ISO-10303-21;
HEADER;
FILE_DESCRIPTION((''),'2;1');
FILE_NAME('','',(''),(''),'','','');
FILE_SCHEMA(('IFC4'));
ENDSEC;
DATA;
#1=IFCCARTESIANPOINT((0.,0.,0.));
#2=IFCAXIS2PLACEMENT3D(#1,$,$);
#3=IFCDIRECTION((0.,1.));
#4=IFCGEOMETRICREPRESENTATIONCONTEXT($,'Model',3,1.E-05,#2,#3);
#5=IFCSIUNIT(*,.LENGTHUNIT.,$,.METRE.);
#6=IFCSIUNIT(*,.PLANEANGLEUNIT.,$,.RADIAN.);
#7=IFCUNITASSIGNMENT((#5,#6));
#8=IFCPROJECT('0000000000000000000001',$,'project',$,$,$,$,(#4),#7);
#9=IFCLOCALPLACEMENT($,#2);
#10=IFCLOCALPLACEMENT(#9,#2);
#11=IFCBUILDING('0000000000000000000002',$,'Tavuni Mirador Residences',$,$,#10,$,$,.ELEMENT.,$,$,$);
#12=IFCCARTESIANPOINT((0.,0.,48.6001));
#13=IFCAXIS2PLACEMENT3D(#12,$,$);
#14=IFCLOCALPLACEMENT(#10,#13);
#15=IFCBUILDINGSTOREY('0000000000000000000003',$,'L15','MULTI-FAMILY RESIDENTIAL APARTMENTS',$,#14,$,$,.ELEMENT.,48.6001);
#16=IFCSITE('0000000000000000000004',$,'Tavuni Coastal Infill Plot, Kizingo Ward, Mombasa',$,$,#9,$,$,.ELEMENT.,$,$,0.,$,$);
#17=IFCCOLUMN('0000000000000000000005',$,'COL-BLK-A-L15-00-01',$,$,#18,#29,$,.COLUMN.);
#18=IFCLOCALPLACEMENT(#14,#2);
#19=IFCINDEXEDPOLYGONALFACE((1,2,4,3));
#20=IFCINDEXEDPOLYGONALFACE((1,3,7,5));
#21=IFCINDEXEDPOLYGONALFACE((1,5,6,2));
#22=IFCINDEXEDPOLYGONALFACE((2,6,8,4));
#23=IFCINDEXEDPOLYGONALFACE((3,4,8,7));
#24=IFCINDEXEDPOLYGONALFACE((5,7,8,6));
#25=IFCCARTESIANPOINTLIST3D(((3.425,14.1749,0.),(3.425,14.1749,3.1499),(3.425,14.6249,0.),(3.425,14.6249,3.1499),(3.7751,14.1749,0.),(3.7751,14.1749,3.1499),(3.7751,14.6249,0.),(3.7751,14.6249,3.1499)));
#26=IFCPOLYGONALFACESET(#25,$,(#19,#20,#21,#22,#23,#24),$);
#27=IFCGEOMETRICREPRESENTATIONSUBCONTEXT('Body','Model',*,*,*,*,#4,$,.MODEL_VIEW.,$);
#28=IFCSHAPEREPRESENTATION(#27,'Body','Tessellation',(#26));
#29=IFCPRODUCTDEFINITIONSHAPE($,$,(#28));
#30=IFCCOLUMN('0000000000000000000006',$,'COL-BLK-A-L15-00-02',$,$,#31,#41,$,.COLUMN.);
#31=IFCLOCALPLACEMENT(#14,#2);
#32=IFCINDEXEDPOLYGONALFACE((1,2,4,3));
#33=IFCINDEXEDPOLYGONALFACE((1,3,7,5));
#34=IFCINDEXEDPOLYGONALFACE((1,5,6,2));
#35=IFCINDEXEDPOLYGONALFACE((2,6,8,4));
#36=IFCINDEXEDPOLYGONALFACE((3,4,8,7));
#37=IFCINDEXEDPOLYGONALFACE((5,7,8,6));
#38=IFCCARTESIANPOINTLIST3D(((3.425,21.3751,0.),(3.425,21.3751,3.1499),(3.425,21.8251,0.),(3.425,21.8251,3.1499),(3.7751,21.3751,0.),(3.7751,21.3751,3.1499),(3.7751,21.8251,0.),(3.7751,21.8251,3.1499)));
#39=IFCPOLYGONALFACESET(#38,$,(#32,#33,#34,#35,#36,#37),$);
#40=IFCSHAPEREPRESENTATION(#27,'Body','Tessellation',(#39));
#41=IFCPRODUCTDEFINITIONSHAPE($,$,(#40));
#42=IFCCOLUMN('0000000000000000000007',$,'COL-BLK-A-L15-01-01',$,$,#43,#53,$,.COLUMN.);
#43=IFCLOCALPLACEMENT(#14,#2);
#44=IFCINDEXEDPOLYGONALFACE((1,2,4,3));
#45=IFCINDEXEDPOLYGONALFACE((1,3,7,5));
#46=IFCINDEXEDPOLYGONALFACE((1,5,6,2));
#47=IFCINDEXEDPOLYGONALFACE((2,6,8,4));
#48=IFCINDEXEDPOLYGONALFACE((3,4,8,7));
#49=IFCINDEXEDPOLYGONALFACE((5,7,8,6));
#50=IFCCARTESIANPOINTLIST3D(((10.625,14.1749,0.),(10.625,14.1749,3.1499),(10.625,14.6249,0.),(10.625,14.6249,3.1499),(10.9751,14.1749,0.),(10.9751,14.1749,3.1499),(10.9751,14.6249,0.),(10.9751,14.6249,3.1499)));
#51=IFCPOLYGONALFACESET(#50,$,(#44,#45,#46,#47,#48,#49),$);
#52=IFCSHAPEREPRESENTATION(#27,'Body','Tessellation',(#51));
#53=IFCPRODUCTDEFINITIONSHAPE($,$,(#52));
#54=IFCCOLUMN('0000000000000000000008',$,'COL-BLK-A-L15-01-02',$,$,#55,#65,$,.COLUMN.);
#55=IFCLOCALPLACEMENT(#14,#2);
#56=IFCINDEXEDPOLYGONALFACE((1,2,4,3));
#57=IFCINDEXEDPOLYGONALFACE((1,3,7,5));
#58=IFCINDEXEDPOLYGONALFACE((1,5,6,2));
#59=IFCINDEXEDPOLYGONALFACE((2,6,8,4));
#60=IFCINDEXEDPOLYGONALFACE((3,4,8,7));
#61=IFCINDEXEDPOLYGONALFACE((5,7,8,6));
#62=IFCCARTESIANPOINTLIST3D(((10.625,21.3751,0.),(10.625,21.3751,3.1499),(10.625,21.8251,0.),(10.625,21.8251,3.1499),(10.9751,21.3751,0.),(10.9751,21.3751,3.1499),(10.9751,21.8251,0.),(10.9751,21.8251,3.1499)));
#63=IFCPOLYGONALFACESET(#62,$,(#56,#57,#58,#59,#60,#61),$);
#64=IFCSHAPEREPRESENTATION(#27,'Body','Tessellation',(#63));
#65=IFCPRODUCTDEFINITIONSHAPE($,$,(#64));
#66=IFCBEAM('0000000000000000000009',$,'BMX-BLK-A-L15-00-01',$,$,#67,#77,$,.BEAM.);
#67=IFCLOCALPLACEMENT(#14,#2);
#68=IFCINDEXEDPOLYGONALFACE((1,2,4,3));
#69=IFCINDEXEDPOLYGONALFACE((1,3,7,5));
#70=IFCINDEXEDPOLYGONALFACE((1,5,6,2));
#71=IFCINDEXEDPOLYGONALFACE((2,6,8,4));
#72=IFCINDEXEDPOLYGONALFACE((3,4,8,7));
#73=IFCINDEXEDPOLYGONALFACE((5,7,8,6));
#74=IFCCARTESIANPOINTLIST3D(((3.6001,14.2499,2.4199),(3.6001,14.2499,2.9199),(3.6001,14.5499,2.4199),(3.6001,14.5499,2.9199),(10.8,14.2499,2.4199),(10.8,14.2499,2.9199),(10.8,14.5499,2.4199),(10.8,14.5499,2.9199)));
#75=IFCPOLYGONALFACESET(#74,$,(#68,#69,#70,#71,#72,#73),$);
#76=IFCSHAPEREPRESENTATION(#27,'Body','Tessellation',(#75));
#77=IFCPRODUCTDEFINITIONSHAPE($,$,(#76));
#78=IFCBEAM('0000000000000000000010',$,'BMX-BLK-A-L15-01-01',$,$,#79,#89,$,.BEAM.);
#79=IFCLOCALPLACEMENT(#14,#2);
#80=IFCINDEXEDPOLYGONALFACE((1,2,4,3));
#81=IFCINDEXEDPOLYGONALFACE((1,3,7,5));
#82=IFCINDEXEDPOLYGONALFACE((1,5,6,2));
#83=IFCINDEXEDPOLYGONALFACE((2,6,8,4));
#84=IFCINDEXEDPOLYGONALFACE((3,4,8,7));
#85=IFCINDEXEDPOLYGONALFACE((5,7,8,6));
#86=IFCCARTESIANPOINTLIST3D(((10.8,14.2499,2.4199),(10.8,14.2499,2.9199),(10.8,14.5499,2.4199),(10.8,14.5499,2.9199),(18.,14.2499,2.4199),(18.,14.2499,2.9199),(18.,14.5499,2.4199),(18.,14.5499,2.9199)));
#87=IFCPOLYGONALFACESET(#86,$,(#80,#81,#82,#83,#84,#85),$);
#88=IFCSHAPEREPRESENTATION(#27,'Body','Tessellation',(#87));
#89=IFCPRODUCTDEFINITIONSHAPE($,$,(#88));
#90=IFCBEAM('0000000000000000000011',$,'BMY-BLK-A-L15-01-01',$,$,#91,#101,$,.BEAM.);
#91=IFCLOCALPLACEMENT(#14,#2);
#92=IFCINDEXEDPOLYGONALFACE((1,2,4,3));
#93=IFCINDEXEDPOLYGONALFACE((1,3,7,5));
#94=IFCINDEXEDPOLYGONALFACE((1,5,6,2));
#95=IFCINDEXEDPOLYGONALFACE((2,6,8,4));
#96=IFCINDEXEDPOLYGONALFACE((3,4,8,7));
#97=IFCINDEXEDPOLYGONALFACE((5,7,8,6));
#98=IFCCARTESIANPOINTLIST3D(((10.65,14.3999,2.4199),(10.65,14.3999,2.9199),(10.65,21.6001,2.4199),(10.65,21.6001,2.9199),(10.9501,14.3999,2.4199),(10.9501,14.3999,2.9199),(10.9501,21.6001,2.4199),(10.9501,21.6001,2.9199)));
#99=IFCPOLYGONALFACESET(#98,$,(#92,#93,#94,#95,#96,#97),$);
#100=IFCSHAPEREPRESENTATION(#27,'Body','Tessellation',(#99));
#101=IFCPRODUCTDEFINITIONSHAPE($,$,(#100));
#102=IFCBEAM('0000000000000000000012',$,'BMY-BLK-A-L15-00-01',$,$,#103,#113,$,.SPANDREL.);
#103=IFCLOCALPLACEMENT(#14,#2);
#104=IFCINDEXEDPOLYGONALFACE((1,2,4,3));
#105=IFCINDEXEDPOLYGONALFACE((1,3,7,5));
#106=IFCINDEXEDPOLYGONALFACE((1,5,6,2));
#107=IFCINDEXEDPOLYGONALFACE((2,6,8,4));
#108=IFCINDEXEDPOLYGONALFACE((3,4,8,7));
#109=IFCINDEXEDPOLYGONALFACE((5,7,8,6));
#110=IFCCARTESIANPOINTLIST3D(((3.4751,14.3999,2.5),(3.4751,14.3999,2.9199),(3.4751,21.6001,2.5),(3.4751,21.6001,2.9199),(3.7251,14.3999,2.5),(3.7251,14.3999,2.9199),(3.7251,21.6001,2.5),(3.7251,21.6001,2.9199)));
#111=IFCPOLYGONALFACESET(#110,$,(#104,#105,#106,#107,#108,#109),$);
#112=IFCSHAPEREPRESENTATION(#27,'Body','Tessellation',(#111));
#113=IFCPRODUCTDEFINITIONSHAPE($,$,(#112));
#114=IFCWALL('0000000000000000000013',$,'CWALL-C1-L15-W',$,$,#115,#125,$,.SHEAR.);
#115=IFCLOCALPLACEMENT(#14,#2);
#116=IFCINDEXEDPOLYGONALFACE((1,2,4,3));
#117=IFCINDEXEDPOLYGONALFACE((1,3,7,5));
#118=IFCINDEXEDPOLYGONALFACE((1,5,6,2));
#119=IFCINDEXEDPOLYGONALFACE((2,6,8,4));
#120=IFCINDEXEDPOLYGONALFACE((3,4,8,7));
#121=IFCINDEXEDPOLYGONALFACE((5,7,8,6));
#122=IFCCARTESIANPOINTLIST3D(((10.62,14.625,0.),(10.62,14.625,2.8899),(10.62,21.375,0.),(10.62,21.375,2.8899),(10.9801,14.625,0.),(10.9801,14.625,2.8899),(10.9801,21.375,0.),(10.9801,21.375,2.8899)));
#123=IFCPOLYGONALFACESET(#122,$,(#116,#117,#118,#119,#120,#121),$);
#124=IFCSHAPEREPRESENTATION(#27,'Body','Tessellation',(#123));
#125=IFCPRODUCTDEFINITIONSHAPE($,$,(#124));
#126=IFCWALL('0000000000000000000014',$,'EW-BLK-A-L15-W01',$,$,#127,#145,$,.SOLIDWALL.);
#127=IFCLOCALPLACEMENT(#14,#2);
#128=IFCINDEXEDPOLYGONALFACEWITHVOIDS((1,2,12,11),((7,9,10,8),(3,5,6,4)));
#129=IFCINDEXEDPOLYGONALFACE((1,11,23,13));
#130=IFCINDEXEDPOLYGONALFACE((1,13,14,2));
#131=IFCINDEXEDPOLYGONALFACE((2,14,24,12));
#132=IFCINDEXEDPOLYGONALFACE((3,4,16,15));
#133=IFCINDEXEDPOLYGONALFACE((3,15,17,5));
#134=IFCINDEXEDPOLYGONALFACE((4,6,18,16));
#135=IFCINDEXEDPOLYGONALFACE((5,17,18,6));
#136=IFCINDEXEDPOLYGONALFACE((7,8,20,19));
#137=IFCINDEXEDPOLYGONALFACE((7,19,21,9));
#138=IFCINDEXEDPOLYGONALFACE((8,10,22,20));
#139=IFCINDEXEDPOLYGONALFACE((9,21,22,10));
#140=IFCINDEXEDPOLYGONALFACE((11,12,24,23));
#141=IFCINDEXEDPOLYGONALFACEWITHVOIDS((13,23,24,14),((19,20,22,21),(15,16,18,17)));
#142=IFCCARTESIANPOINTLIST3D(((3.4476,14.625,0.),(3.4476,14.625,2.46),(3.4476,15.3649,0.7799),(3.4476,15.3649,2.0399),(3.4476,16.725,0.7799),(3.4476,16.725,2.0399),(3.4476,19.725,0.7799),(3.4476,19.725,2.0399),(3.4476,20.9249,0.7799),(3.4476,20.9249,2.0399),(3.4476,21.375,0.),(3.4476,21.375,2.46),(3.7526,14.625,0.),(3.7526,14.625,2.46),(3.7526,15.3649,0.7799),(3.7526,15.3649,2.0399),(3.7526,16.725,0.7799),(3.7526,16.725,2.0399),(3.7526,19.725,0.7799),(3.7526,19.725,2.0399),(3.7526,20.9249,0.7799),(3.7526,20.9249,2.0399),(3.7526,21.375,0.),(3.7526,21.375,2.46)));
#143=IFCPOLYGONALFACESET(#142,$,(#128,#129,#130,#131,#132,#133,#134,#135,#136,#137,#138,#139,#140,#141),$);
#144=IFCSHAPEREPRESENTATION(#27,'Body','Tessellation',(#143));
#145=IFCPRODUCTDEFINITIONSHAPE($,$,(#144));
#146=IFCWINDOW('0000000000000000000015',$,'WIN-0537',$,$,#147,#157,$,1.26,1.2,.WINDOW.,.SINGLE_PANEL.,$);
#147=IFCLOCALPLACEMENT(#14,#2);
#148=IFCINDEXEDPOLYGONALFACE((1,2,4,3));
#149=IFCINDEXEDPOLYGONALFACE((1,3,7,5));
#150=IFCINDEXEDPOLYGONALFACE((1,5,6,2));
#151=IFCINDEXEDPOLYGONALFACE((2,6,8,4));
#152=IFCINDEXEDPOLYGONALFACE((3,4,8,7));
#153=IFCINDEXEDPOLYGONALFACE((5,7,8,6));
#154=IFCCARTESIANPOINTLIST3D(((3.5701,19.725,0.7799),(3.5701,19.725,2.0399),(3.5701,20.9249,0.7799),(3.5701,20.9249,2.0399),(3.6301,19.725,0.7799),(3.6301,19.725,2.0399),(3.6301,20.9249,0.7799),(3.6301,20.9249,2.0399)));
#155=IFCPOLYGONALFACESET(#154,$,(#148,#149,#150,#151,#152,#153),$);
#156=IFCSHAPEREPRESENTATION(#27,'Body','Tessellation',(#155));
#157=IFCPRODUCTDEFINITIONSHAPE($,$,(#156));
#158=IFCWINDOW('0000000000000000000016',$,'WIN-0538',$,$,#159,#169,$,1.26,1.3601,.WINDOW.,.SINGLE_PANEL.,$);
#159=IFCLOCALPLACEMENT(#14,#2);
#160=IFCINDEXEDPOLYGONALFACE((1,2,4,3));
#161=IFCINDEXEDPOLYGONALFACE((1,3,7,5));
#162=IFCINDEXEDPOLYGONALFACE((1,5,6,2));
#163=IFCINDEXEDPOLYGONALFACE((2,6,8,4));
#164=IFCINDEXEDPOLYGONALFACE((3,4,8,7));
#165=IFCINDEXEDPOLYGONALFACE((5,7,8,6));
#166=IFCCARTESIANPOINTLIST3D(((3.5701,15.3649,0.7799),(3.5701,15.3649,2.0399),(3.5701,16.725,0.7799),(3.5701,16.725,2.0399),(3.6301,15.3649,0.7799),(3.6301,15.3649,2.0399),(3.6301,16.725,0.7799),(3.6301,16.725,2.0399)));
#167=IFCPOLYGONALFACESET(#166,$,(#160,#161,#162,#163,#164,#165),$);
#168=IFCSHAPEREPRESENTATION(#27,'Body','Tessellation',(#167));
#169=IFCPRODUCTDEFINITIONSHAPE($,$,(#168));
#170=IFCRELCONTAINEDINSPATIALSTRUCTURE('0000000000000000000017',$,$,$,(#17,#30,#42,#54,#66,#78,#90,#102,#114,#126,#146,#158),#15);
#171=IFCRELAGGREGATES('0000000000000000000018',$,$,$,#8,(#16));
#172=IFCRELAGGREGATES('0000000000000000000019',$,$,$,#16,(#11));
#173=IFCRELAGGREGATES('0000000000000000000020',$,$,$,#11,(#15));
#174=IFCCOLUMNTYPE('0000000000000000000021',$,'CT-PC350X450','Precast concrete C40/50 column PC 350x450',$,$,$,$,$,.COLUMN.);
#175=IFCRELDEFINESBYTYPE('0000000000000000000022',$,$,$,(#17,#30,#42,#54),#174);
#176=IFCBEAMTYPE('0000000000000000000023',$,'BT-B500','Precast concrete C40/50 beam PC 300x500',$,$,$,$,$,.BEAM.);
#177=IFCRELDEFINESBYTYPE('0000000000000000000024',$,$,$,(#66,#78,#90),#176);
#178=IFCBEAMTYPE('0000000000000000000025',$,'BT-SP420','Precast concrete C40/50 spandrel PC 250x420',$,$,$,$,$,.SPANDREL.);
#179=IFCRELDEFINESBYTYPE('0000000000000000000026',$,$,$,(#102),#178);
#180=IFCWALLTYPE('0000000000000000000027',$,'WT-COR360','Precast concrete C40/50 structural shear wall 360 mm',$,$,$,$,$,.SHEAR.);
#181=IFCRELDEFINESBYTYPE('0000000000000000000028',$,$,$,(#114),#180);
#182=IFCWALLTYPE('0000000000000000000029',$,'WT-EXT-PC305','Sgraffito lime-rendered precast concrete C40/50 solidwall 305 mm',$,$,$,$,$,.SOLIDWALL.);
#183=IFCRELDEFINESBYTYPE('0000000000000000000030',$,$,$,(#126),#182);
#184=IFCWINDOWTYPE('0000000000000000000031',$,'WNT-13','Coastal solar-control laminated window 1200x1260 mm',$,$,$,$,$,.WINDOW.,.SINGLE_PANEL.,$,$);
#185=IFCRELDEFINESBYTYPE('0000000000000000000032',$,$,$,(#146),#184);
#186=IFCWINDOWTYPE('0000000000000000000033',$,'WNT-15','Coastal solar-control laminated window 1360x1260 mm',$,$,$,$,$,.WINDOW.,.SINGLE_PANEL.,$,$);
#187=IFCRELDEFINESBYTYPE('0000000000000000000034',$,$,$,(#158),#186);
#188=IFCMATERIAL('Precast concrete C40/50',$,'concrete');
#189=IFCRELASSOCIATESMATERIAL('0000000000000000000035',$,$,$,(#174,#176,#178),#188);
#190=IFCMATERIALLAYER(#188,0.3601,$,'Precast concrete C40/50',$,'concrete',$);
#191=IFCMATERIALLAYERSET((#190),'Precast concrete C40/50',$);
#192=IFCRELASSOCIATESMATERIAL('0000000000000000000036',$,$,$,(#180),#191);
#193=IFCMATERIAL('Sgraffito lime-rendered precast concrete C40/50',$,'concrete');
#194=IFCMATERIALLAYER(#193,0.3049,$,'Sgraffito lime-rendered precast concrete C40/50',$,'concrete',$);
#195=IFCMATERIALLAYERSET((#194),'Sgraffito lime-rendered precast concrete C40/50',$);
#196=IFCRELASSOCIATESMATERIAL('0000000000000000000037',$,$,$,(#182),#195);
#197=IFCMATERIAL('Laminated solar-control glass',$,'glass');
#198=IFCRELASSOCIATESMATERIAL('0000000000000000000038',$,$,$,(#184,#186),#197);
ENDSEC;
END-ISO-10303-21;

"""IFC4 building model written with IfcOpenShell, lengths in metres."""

from ifc_helpers import new_model, si_unit, direction, frame, frame_2d, origin, origin_2d, place, context, subcontext, project, spatial, rectangle, extrude, material, layer, layer_set, material_profile, profile_set, type_object, element, fill, save


model = new_model("IFC4")

# Units and contexts
model_context = context("Model", 3, precision=1e-05, world=origin(), true_north=direction((0.0, 1.0)))
body_context = subcontext(model_context, "Body", "Model", "MODEL_VIEW")
ifc_project = project(units=[si_unit("LENGTHUNIT", "METRE"), si_unit("PLANEANGLEUNIT", "RADIAN")], contexts=[model_context])

# Site, building, storey
site_placement = place(None, origin())
site = spatial("IfcSite", under=ifc_project, at=site_placement, Name="Tavuni Coastal Infill Plot, Kizingo Ward, Mombasa", CompositionType="ELEMENT", RefElevation=0.0)
building_placement = place(site_placement, origin())
building = spatial("IfcBuilding", under=site, at=building_placement, Name="Tavuni Mirador Residences", CompositionType="ELEMENT")
storey_placement = place(building_placement, frame((0.0, 0.0, 48.6001)))
storey = spatial("IfcBuildingStorey", under=building, at=storey_placement, Name="L15", Description="MULTI-FAMILY RESIDENTIAL APARTMENTS", CompositionType="ELEMENT", Elevation=48.6001)

# Columns
ifc_material_1 = material(Name="Precast concrete C40/50", Category="concrete")
ifc_material_profile_1 = material_profile(ifc_material_1, rectangle(XDim=0.3501, YDim=0.45, at=origin_2d()), Name="PC 350x450", Category="concrete")
ifc_profile_set_1 = profile_set([ifc_material_profile_1], Name="Precast concrete C40/50")
column_type = type_object("IfcColumnType", Name="CT-PC350X450", Description="Precast concrete C40/50 column PC 350x450", PredefinedType="COLUMN", material=ifc_profile_set_1)
for number, where, z_axis, x_axis, name in (
    (1, (3.6001, 14.3999, 0.0), (0.0, 0.0, 1.0), (1.0, 0.0, 0.0), "COL-BLK-A-L15-00-01"),
    (2, (3.6001, 21.6001, 0.0), (0.0, 0.0, 1.0), (1.0, 0.0, 0.0), "COL-BLK-A-L15-00-02"),
    (3, (10.8, 14.3999, 0.0), (0.0, 0.0, 1.0), (1.0, 0.0, 0.0), "COL-BLK-A-L15-01-01"),
    (4, (10.8, 21.6001, 0.0), (0.0, 0.0, 1.0), (1.0, 0.0, 0.0), "COL-BLK-A-L15-01-02"),
):
    element("IfcColumn", number, at=place(storey_placement, frame(where, z_axis=z_axis, x_axis=x_axis)), inside=storey, type_object=column_type, Name=name, PredefinedType="COLUMN", context=body_context, shape_type="SweptSolid", body=[
        extrude(rectangle(XDim=0.3501, YDim=0.45, at=origin_2d()), origin(), (0.0, 0.0, 1.0), 3.1499),
    ])

# Beams
ifc_material_profile_2 = material_profile(ifc_material_1, rectangle(XDim=0.3, YDim=0.5, at=origin_2d()), Name="PC 300x500", Category="concrete")
ifc_profile_set_2 = profile_set([ifc_material_profile_2], Name="Precast concrete C40/50")
beam_type_1 = type_object("IfcBeamType", Name="BT-B500", Description="Precast concrete C40/50 beam PC 300x500", PredefinedType="BEAM", material=ifc_profile_set_2)
for number, where, z_axis, x_axis, name in (
    (5, (3.6001, 14.3999, 2.6699), (1.0, 0.0, 0.0), (0.0, 1.0, 0.0), "BMX-BLK-A-L15-00-01"),
    (6, (10.8, 14.3999, 2.6699), (1.0, 0.0, 0.0), (0.0, 1.0, 0.0), "BMX-BLK-A-L15-01-01"),
):
    element("IfcBeam", number, at=place(storey_placement, frame(where, z_axis=z_axis, x_axis=x_axis)), inside=storey, type_object=beam_type_1, Name=name, PredefinedType="BEAM", context=body_context, shape_type="SweptSolid", body=[
        extrude(rectangle(XDim=0.3, YDim=0.5, at=origin_2d()), origin(), (0.0, 0.0, 1.0), 7.2),
    ])
beam_1_placement = place(storey_placement, frame((10.8, 14.3999, 2.6699), z_axis=(0.0, 1.0, 0.0), x_axis=(-1.0, 0.0, 0.0)))
element("IfcBeam", 7, at=beam_1_placement, inside=storey, type_object=beam_type_1, Name="BMY-BLK-A-L15-01-01", PredefinedType="BEAM", context=body_context, shape_type="SweptSolid", body=[
    extrude(rectangle(XDim=0.3, YDim=0.5, at=origin_2d()), origin(), (0.0, 0.0, 1.0), 7.2002),
])
ifc_material_profile_3 = material_profile(ifc_material_1, rectangle(XDim=0.25, YDim=0.4199, at=origin_2d()), Name="PC 250x420", Category="concrete")
ifc_profile_set_3 = profile_set([ifc_material_profile_3], Name="Precast concrete C40/50")
beam_type_2 = type_object("IfcBeamType", Name="BT-SP420", Description="Precast concrete C40/50 spandrel PC 250x420", PredefinedType="SPANDREL", material=ifc_profile_set_3)
beam_2_placement = place(storey_placement, frame((3.6001, 14.3999, 2.71), z_axis=(0.0, 1.0, 0.0), x_axis=(-1.0, 0.0, 0.0)))
element("IfcBeam", 8, at=beam_2_placement, inside=storey, type_object=beam_type_2, Name="BMY-BLK-A-L15-00-01", PredefinedType="SPANDREL", context=body_context, shape_type="SweptSolid", body=[
    extrude(rectangle(XDim=0.25, YDim=0.4199, at=origin_2d()), origin(), (0.0, 0.0, 1.0), 7.2002),
])

# Wall
ifc_layer_1 = layer(ifc_material_1, 0.3601, Name="Precast concrete C40/50", Category="concrete")
ifc_layer_set_1 = layer_set([ifc_layer_1], Name="Precast concrete C40/50")
wall_type_1 = type_object("IfcWallType", Name="WT-COR360", Description="Precast concrete C40/50 structural shear wall 360 mm", PredefinedType="SHEAR", material=ifc_layer_set_1)
wall_1_placement = place(storey_placement, frame((10.8, 14.625, 0.0), z_axis=(0.0, 0.0, 1.0), x_axis=(0.0, 1.0, 0.0)))
element("IfcWall", 9, at=wall_1_placement, inside=storey, type_object=wall_type_1, Name="CWALL-C1-L15-W", PredefinedType="SHEAR", context=body_context, shape_type="SweptSolid", body=[
    extrude(rectangle(XDim=6.75, YDim=0.3601, at=frame_2d((3.375, 0.0))), origin(), (0.0, 0.0, 1.0), 2.8899),
])

# Wall, openings, windows
ifc_material_2 = material(Name="Sgraffito lime-rendered precast concrete C40/50", Category="concrete")
ifc_layer_2 = layer(ifc_material_2, 0.3049, Name="Sgraffito lime-rendered precast concrete C40/50", Category="concrete")
ifc_layer_set_2 = layer_set([ifc_layer_2], Name="Sgraffito lime-rendered precast concrete C40/50")
wall_type_2 = type_object("IfcWallType", Name="WT-EXT-PC305", Description="Sgraffito lime-rendered precast concrete C40/50 solidwall 305 mm", PredefinedType="SOLIDWALL", material=ifc_layer_set_2)
wall_2_placement = place(storey_placement, frame((3.6001, 21.375, 0.0), z_axis=(0.0, 0.0, 1.0), x_axis=(0.0, -1.0, 0.0)))
wall_2 = element("IfcWall", 10, at=wall_2_placement, inside=storey, type_object=wall_type_2, Name="EW-BLK-A-L15-W01", PredefinedType="SOLIDWALL", context=body_context, shape_type="SweptSolid", body=[
    extrude(rectangle(XDim=6.75, YDim=0.3049, at=frame_2d((3.375, 0.0))), origin(), (0.0, 0.0, 1.0), 2.46),
])
opening_1_placement = place(wall_2_placement, frame((0.45, 0.0, 0.78)))
opening_1 = element("IfcOpeningElement", 11, at=opening_1_placement, cuts=wall_2, PredefinedType="OPENING", context=body_context, shape_type="SweptSolid", body=[
    extrude(rectangle(XDim=1.2, YDim=1.26, at=frame_2d((0.6001, 0.6299))), frame((0.0, 0.1626, 0.0), z_axis=(0.0, -1.0, 0.0), x_axis=(1.0, 0.0, 0.0)), (0.0, 0.0, 1.0), 0.325),
])
opening_2_placement = place(wall_2_placement, frame((4.6499, 0.0, 0.78)))
opening_2 = element("IfcOpeningElement", 12, at=opening_2_placement, cuts=wall_2, PredefinedType="OPENING", context=body_context, shape_type="SweptSolid", body=[
    extrude(rectangle(XDim=1.3601, YDim=1.26, at=frame_2d((0.6802, 0.6299))), frame((0.0, 0.1626, 0.0), z_axis=(0.0, -1.0, 0.0), x_axis=(1.0, 0.0, 0.0)), (0.0, 0.0, 1.0), 0.325),
])
ifc_material_3 = material(Name="Laminated solar-control glass", Category="glass")
window_type_1 = type_object("IfcWindowType", Name="WNT-13", Description="Coastal solar-control laminated window 1200x1260 mm", PartitioningType="SINGLE_PANEL", PredefinedType="WINDOW", material=ifc_material_3)
window_1_placement = place(opening_1_placement, origin())
window_1 = element("IfcWindow", 13, at=window_1_placement, inside=storey, type_object=window_type_1, Name="WIN-0537", OverallHeight=1.26, OverallWidth=1.2, PartitioningType="SINGLE_PANEL", PredefinedType="WINDOW", context=body_context, shape_type="SweptSolid", body=[
    extrude(rectangle(XDim=1.2, YDim=1.26, at=frame_2d((0.6001, 0.6299))), frame((0.0, 0.03, 0.0), z_axis=(0.0, -1.0, 0.0), x_axis=(1.0, 0.0, 0.0)), (0.0, 0.0, 1.0), 0.0601),
])
fill(opening_1, window_1)
window_type_2 = type_object("IfcWindowType", Name="WNT-15", Description="Coastal solar-control laminated window 1360x1260 mm", PartitioningType="SINGLE_PANEL", PredefinedType="WINDOW", material=ifc_material_3)
window_2_placement = place(opening_2_placement, origin())
window_2 = element("IfcWindow", 14, at=window_2_placement, inside=storey, type_object=window_type_2, Name="WIN-0538", OverallHeight=1.26, OverallWidth=1.3601, PartitioningType="SINGLE_PANEL", PredefinedType="WINDOW", context=body_context, shape_type="SweptSolid", body=[
    extrude(rectangle(XDim=1.3601, YDim=1.26, at=frame_2d((0.6802, 0.6299))), frame((0.0, 0.03, 0.0), z_axis=(0.0, -1.0, 0.0), x_axis=(1.0, 0.0, 0.0)), (0.0, 0.0, 1.0), 0.0601),
])
fill(opening_2, window_2)

save(model, "model.ifc")
